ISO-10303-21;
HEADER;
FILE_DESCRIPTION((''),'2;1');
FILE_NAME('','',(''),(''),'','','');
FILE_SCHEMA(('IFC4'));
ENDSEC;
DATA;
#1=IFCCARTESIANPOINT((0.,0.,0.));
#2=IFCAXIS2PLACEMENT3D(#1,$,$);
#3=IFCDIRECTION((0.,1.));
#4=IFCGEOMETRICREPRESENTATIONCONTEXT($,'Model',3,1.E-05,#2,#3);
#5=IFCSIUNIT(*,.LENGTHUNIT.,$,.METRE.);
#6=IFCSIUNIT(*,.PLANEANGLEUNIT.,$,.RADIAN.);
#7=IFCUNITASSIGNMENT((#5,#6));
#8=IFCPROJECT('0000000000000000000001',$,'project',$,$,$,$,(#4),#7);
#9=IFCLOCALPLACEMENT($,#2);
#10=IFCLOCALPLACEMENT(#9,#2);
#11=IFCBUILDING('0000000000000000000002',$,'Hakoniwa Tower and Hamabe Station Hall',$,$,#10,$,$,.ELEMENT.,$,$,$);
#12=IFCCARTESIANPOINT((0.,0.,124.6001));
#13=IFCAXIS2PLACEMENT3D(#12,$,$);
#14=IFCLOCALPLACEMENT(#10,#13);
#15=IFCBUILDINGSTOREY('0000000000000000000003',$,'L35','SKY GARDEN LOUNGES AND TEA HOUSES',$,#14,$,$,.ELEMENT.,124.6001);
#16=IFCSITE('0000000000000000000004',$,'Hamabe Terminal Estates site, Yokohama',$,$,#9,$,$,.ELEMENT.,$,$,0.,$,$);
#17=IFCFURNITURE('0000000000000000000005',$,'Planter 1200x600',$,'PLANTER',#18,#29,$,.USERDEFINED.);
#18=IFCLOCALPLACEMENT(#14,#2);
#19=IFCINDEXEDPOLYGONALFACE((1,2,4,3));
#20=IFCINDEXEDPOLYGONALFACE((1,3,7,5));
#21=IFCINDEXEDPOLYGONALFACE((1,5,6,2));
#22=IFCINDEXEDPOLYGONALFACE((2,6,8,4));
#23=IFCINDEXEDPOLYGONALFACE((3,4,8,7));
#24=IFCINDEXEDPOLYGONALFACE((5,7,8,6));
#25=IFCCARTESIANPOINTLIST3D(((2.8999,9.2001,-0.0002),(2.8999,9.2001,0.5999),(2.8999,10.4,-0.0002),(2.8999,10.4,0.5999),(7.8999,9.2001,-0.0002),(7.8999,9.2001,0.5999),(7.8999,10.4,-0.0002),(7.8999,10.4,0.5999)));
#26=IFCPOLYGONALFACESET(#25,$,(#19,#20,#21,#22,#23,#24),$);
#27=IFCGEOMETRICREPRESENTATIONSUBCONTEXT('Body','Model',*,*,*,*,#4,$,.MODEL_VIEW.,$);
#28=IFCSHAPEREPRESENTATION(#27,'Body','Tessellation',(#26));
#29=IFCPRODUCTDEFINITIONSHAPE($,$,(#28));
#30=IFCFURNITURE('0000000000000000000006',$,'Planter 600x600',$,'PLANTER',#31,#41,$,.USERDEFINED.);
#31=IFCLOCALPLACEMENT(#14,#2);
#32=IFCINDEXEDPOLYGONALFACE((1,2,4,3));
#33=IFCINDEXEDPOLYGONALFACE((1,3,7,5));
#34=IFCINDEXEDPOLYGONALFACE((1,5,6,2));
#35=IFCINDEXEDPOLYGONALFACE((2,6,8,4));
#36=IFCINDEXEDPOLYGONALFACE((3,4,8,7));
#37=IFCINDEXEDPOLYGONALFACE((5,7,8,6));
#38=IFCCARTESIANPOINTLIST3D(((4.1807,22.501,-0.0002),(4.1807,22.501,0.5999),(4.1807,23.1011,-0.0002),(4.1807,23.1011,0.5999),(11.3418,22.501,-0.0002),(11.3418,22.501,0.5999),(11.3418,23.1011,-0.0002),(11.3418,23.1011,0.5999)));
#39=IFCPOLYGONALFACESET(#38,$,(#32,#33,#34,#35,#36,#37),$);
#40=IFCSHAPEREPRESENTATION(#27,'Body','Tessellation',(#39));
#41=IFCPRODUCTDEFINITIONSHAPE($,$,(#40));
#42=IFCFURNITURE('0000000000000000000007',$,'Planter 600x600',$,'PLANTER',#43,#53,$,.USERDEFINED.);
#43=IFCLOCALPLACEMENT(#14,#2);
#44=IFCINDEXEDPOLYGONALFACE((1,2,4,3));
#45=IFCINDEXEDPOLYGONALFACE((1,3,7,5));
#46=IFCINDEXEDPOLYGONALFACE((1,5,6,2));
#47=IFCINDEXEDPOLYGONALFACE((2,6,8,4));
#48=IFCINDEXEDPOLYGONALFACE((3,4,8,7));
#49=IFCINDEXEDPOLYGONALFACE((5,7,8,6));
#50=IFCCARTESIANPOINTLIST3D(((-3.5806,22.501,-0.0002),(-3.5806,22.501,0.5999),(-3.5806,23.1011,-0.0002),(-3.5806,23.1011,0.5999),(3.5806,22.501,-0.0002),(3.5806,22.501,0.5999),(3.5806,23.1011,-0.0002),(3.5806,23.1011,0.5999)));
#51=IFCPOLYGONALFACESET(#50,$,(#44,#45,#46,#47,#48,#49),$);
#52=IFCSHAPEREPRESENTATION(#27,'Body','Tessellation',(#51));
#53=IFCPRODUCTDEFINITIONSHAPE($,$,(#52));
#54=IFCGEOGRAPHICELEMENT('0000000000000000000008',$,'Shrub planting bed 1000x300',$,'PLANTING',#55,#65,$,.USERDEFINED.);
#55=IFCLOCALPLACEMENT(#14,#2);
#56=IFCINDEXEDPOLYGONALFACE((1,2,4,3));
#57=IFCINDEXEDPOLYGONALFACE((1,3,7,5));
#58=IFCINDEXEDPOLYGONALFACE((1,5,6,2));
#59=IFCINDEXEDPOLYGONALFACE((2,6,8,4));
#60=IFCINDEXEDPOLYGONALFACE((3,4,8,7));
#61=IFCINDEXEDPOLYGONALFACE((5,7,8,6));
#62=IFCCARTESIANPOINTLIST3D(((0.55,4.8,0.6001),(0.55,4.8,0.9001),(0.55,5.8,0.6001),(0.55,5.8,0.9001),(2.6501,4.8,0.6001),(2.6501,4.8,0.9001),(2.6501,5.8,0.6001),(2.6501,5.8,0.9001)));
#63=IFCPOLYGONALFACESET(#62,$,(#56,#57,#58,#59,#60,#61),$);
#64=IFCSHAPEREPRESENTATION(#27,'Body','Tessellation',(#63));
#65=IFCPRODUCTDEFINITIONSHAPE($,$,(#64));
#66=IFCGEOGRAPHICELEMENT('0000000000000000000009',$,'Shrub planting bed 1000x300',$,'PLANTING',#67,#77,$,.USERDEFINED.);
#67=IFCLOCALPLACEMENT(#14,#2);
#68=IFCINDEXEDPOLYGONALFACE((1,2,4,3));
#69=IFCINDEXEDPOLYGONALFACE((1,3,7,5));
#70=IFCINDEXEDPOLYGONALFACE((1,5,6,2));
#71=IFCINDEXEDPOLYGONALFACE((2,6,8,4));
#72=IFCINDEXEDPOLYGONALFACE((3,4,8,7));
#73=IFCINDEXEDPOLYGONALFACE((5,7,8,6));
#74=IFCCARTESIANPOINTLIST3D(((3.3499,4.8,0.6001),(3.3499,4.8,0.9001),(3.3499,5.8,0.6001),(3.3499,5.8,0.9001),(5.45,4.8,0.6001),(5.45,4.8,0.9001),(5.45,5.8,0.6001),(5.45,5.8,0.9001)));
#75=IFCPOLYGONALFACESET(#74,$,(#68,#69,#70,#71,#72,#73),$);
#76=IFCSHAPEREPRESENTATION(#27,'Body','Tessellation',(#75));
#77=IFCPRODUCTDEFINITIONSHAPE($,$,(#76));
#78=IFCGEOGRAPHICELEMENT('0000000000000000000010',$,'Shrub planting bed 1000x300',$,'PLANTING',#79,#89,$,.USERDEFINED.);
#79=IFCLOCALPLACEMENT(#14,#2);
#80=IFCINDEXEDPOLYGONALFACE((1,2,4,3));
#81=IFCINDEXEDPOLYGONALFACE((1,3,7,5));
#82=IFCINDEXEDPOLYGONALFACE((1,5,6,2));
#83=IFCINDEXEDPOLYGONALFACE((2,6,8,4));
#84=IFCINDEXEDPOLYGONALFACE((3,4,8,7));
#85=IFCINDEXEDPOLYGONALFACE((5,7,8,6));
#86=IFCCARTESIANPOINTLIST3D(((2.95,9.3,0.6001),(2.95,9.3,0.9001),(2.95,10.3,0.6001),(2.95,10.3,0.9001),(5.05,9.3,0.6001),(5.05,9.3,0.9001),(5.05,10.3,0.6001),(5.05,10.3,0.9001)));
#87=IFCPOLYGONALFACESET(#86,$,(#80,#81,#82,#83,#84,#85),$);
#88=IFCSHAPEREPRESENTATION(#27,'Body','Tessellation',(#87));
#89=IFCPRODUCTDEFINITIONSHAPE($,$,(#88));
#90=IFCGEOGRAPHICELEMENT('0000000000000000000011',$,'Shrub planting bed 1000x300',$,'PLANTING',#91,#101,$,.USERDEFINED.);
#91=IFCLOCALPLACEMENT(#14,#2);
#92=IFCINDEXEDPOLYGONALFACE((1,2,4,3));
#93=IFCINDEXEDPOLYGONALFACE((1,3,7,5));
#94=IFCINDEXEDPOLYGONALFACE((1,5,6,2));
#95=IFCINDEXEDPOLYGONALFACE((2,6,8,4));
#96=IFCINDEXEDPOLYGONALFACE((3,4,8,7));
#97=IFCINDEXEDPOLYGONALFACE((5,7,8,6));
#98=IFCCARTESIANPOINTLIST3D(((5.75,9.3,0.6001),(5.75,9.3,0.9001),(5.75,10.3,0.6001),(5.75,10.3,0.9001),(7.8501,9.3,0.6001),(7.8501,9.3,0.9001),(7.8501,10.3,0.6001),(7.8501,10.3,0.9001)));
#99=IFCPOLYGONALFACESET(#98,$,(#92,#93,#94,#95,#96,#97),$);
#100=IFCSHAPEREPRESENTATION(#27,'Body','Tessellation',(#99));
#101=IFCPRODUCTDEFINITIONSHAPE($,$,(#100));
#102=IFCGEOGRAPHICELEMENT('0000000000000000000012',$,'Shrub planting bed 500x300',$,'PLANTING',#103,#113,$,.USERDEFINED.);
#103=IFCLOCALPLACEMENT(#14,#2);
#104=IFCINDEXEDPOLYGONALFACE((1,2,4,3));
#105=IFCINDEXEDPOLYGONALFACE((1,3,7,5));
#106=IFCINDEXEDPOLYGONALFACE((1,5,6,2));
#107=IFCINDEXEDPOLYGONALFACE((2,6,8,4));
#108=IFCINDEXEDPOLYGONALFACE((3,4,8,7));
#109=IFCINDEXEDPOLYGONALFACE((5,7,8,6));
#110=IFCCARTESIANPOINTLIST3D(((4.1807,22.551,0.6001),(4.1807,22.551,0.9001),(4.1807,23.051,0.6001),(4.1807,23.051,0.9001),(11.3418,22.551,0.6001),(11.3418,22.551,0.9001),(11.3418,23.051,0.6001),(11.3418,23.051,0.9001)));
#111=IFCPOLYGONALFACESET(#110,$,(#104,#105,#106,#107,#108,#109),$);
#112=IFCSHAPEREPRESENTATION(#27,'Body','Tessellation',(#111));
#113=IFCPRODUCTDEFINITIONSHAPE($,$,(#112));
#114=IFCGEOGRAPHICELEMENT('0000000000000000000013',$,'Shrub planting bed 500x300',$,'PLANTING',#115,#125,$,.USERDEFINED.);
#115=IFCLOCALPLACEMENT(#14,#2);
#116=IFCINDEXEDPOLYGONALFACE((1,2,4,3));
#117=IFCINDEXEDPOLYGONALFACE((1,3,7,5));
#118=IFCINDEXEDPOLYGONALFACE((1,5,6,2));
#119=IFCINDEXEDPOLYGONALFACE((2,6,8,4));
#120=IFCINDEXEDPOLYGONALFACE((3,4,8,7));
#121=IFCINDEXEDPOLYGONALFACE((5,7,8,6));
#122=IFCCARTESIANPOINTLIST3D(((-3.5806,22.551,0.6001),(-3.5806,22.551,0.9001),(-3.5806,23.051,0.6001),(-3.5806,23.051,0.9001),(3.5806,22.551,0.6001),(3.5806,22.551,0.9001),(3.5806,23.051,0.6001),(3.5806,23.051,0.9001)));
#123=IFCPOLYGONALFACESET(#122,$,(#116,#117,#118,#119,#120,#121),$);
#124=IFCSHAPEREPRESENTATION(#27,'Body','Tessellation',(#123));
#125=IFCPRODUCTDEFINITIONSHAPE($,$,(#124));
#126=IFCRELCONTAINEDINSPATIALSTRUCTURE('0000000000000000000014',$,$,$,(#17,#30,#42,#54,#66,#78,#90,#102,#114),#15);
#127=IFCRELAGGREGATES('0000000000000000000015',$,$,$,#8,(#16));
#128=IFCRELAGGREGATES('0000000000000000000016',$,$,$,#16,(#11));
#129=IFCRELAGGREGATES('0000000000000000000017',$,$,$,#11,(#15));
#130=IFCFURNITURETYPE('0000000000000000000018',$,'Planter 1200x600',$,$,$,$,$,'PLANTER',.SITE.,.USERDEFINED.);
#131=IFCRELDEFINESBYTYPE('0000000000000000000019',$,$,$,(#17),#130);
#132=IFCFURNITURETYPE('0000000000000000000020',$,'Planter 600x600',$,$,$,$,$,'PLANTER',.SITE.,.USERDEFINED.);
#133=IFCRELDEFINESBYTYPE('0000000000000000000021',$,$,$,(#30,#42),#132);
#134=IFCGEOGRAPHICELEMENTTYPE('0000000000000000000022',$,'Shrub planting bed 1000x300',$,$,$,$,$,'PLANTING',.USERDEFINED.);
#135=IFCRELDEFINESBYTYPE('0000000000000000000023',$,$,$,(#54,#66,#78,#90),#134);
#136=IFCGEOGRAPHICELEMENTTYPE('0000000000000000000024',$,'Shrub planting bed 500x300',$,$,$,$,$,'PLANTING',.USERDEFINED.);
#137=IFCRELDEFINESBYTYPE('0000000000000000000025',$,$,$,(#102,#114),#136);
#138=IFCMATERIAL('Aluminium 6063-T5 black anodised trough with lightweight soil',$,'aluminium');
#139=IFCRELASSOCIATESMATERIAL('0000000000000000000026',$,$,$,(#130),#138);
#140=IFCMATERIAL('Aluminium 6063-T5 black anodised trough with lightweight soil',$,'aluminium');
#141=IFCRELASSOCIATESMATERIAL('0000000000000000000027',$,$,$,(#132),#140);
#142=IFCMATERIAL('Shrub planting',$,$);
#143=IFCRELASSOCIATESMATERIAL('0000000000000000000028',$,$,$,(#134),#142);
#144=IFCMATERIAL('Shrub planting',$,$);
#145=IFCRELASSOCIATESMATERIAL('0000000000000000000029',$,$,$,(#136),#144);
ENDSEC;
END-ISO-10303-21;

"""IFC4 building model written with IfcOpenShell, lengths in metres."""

from ifc_helpers import new_model, si_unit, direction, frame, origin, origin_2d, place, context, subcontext, project, spatial, rectangle, extrude, material, type_object, element, save


model = new_model("IFC4")

# Units and contexts
model_context = context("Model", 3, precision=1e-05, world=origin(), true_north=direction((0.0, 1.0)))
body_context = subcontext(model_context, "Body", "Model", "MODEL_VIEW")
ifc_project = project(units=[si_unit("LENGTHUNIT", "METRE"), si_unit("PLANEANGLEUNIT", "RADIAN")], contexts=[model_context])

# Site, building, storey
site_placement = place(None, origin())
site = spatial("IfcSite", under=ifc_project, at=site_placement, Name="Hamabe Terminal Estates site, Yokohama", CompositionType="ELEMENT", RefElevation=0.0)
building_placement = place(site_placement, origin())
building = spatial("IfcBuilding", under=site, at=building_placement, Name="Hakoniwa Tower and Hamabe Station Hall", CompositionType="ELEMENT")
storey_placement = place(building_placement, frame((0.0, 0.0, 124.6001)))
storey = spatial("IfcBuildingStorey", under=building, at=storey_placement, Name="L35", Description="SKY GARDEN LOUNGES AND TEA HOUSES", CompositionType="ELEMENT", Elevation=124.6001)

# Furniture
ifc_material_1 = material(Name="Aluminium 6063-T5 black anodised trough with lightweight soil", Category="aluminium")
furniture_type_1 = type_object("IfcFurnitureType", Name="Planter 1200x600", ElementType="PLANTER", AssemblyPlace="SITE", PredefinedType="USERDEFINED", material=ifc_material_1)
for number, where, z_axis, x_axis, name in (
    (1, (5.3999, 9.8, -0.0002), (0.0, 0.0, 1.0), (1.0, 0.0, 0.0), "Planter 1200x600"),
):
    element("IfcFurniture", number, at=place(storey_placement, frame(where, z_axis=z_axis, x_axis=x_axis)), inside=storey, type_object=furniture_type_1, Name=name, ObjectType="PLANTER", PredefinedType="USERDEFINED", context=body_context, shape_type="SweptSolid", body=[
        extrude(rectangle(XDim=5.0, YDim=1.2, at=origin_2d()), origin(), (0.0, 0.0, 1.0), 0.6001),
    ])
ifc_material_2 = material(Name="Aluminium 6063-T5 black anodised trough with lightweight soil", Category="aluminium")
furniture_type_2 = type_object("IfcFurnitureType", Name="Planter 600x600", ElementType="PLANTER", AssemblyPlace="SITE", PredefinedType="USERDEFINED", material=ifc_material_2)
for number, where, z_axis, x_axis, name in (
    (2, (7.7612, 22.801, -0.0002), (0.0, 0.0, 1.0), (-1.0, 0.0, 0.0), "Planter 600x600"),
    (3, (0.0, 22.801, -0.0002), (0.0, 0.0, 1.0), (-1.0, 0.0, 0.0), "Planter 600x600"),
):
    element("IfcFurniture", number, at=place(storey_placement, frame(where, z_axis=z_axis, x_axis=x_axis)), inside=storey, type_object=furniture_type_2, Name=name, ObjectType="PLANTER", PredefinedType="USERDEFINED", context=body_context, shape_type="SweptSolid", body=[
        extrude(rectangle(XDim=7.1611, YDim=0.6001, at=origin_2d()), origin(), (0.0, 0.0, 1.0), 0.6001),
    ])

# Geographic elements
ifc_material_3 = material(Name="Shrub planting")
geographic_element_type_1 = type_object("IfcGeographicElementType", Name="Shrub planting bed 1000x300", ElementType="PLANTING", PredefinedType="USERDEFINED", material=ifc_material_3)
for number, where, z_axis, x_axis, name in (
    (4, (1.6001, 5.3, 0.6001), (0.0, 0.0, 1.0), (1.0, 0.0, 0.0), "Shrub planting bed 1000x300"),
    (5, (4.3999, 5.3, 0.6001), (0.0, 0.0, 1.0), (1.0, 0.0, 0.0), "Shrub planting bed 1000x300"),
    (6, (4.0, 9.8, 0.6001), (0.0, 0.0, 1.0), (1.0, 0.0, 0.0), "Shrub planting bed 1000x300"),
    (7, (6.8, 9.8, 0.6001), (0.0, 0.0, 1.0), (1.0, 0.0, 0.0), "Shrub planting bed 1000x300"),
):
    element("IfcGeographicElement", number, at=place(storey_placement, frame(where, z_axis=z_axis, x_axis=x_axis)), inside=storey, type_object=geographic_element_type_1, Name=name, ObjectType="PLANTING", PredefinedType="USERDEFINED", context=body_context, shape_type="SweptSolid", body=[
        extrude(rectangle(XDim=2.1001, YDim=1.0, at=origin_2d()), origin(), (0.0, 0.0, 1.0), 0.3),
    ])
ifc_material_4 = material(Name="Shrub planting")
geographic_element_type_2 = type_object("IfcGeographicElementType", Name="Shrub planting bed 500x300", ElementType="PLANTING", PredefinedType="USERDEFINED", material=ifc_material_4)
for number, where, z_axis, x_axis, name in (
    (8, (7.7612, 22.801, 0.6001), (0.0, 0.0, 1.0), (-1.0, 0.0, 0.0), "Shrub planting bed 500x300"),
    (9, (0.0, 22.801, 0.6001), (0.0, 0.0, 1.0), (-1.0, 0.0, 0.0), "Shrub planting bed 500x300"),
):
    element("IfcGeographicElement", number, at=place(storey_placement, frame(where, z_axis=z_axis, x_axis=x_axis)), inside=storey, type_object=geographic_element_type_2, Name=name, ObjectType="PLANTING", PredefinedType="USERDEFINED", context=body_context, shape_type="SweptSolid", body=[
        extrude(rectangle(XDim=7.1611, YDim=0.5, at=origin_2d()), origin(), (0.0, 0.0, 1.0), 0.3),
    ])

save(model, "model.ifc")
